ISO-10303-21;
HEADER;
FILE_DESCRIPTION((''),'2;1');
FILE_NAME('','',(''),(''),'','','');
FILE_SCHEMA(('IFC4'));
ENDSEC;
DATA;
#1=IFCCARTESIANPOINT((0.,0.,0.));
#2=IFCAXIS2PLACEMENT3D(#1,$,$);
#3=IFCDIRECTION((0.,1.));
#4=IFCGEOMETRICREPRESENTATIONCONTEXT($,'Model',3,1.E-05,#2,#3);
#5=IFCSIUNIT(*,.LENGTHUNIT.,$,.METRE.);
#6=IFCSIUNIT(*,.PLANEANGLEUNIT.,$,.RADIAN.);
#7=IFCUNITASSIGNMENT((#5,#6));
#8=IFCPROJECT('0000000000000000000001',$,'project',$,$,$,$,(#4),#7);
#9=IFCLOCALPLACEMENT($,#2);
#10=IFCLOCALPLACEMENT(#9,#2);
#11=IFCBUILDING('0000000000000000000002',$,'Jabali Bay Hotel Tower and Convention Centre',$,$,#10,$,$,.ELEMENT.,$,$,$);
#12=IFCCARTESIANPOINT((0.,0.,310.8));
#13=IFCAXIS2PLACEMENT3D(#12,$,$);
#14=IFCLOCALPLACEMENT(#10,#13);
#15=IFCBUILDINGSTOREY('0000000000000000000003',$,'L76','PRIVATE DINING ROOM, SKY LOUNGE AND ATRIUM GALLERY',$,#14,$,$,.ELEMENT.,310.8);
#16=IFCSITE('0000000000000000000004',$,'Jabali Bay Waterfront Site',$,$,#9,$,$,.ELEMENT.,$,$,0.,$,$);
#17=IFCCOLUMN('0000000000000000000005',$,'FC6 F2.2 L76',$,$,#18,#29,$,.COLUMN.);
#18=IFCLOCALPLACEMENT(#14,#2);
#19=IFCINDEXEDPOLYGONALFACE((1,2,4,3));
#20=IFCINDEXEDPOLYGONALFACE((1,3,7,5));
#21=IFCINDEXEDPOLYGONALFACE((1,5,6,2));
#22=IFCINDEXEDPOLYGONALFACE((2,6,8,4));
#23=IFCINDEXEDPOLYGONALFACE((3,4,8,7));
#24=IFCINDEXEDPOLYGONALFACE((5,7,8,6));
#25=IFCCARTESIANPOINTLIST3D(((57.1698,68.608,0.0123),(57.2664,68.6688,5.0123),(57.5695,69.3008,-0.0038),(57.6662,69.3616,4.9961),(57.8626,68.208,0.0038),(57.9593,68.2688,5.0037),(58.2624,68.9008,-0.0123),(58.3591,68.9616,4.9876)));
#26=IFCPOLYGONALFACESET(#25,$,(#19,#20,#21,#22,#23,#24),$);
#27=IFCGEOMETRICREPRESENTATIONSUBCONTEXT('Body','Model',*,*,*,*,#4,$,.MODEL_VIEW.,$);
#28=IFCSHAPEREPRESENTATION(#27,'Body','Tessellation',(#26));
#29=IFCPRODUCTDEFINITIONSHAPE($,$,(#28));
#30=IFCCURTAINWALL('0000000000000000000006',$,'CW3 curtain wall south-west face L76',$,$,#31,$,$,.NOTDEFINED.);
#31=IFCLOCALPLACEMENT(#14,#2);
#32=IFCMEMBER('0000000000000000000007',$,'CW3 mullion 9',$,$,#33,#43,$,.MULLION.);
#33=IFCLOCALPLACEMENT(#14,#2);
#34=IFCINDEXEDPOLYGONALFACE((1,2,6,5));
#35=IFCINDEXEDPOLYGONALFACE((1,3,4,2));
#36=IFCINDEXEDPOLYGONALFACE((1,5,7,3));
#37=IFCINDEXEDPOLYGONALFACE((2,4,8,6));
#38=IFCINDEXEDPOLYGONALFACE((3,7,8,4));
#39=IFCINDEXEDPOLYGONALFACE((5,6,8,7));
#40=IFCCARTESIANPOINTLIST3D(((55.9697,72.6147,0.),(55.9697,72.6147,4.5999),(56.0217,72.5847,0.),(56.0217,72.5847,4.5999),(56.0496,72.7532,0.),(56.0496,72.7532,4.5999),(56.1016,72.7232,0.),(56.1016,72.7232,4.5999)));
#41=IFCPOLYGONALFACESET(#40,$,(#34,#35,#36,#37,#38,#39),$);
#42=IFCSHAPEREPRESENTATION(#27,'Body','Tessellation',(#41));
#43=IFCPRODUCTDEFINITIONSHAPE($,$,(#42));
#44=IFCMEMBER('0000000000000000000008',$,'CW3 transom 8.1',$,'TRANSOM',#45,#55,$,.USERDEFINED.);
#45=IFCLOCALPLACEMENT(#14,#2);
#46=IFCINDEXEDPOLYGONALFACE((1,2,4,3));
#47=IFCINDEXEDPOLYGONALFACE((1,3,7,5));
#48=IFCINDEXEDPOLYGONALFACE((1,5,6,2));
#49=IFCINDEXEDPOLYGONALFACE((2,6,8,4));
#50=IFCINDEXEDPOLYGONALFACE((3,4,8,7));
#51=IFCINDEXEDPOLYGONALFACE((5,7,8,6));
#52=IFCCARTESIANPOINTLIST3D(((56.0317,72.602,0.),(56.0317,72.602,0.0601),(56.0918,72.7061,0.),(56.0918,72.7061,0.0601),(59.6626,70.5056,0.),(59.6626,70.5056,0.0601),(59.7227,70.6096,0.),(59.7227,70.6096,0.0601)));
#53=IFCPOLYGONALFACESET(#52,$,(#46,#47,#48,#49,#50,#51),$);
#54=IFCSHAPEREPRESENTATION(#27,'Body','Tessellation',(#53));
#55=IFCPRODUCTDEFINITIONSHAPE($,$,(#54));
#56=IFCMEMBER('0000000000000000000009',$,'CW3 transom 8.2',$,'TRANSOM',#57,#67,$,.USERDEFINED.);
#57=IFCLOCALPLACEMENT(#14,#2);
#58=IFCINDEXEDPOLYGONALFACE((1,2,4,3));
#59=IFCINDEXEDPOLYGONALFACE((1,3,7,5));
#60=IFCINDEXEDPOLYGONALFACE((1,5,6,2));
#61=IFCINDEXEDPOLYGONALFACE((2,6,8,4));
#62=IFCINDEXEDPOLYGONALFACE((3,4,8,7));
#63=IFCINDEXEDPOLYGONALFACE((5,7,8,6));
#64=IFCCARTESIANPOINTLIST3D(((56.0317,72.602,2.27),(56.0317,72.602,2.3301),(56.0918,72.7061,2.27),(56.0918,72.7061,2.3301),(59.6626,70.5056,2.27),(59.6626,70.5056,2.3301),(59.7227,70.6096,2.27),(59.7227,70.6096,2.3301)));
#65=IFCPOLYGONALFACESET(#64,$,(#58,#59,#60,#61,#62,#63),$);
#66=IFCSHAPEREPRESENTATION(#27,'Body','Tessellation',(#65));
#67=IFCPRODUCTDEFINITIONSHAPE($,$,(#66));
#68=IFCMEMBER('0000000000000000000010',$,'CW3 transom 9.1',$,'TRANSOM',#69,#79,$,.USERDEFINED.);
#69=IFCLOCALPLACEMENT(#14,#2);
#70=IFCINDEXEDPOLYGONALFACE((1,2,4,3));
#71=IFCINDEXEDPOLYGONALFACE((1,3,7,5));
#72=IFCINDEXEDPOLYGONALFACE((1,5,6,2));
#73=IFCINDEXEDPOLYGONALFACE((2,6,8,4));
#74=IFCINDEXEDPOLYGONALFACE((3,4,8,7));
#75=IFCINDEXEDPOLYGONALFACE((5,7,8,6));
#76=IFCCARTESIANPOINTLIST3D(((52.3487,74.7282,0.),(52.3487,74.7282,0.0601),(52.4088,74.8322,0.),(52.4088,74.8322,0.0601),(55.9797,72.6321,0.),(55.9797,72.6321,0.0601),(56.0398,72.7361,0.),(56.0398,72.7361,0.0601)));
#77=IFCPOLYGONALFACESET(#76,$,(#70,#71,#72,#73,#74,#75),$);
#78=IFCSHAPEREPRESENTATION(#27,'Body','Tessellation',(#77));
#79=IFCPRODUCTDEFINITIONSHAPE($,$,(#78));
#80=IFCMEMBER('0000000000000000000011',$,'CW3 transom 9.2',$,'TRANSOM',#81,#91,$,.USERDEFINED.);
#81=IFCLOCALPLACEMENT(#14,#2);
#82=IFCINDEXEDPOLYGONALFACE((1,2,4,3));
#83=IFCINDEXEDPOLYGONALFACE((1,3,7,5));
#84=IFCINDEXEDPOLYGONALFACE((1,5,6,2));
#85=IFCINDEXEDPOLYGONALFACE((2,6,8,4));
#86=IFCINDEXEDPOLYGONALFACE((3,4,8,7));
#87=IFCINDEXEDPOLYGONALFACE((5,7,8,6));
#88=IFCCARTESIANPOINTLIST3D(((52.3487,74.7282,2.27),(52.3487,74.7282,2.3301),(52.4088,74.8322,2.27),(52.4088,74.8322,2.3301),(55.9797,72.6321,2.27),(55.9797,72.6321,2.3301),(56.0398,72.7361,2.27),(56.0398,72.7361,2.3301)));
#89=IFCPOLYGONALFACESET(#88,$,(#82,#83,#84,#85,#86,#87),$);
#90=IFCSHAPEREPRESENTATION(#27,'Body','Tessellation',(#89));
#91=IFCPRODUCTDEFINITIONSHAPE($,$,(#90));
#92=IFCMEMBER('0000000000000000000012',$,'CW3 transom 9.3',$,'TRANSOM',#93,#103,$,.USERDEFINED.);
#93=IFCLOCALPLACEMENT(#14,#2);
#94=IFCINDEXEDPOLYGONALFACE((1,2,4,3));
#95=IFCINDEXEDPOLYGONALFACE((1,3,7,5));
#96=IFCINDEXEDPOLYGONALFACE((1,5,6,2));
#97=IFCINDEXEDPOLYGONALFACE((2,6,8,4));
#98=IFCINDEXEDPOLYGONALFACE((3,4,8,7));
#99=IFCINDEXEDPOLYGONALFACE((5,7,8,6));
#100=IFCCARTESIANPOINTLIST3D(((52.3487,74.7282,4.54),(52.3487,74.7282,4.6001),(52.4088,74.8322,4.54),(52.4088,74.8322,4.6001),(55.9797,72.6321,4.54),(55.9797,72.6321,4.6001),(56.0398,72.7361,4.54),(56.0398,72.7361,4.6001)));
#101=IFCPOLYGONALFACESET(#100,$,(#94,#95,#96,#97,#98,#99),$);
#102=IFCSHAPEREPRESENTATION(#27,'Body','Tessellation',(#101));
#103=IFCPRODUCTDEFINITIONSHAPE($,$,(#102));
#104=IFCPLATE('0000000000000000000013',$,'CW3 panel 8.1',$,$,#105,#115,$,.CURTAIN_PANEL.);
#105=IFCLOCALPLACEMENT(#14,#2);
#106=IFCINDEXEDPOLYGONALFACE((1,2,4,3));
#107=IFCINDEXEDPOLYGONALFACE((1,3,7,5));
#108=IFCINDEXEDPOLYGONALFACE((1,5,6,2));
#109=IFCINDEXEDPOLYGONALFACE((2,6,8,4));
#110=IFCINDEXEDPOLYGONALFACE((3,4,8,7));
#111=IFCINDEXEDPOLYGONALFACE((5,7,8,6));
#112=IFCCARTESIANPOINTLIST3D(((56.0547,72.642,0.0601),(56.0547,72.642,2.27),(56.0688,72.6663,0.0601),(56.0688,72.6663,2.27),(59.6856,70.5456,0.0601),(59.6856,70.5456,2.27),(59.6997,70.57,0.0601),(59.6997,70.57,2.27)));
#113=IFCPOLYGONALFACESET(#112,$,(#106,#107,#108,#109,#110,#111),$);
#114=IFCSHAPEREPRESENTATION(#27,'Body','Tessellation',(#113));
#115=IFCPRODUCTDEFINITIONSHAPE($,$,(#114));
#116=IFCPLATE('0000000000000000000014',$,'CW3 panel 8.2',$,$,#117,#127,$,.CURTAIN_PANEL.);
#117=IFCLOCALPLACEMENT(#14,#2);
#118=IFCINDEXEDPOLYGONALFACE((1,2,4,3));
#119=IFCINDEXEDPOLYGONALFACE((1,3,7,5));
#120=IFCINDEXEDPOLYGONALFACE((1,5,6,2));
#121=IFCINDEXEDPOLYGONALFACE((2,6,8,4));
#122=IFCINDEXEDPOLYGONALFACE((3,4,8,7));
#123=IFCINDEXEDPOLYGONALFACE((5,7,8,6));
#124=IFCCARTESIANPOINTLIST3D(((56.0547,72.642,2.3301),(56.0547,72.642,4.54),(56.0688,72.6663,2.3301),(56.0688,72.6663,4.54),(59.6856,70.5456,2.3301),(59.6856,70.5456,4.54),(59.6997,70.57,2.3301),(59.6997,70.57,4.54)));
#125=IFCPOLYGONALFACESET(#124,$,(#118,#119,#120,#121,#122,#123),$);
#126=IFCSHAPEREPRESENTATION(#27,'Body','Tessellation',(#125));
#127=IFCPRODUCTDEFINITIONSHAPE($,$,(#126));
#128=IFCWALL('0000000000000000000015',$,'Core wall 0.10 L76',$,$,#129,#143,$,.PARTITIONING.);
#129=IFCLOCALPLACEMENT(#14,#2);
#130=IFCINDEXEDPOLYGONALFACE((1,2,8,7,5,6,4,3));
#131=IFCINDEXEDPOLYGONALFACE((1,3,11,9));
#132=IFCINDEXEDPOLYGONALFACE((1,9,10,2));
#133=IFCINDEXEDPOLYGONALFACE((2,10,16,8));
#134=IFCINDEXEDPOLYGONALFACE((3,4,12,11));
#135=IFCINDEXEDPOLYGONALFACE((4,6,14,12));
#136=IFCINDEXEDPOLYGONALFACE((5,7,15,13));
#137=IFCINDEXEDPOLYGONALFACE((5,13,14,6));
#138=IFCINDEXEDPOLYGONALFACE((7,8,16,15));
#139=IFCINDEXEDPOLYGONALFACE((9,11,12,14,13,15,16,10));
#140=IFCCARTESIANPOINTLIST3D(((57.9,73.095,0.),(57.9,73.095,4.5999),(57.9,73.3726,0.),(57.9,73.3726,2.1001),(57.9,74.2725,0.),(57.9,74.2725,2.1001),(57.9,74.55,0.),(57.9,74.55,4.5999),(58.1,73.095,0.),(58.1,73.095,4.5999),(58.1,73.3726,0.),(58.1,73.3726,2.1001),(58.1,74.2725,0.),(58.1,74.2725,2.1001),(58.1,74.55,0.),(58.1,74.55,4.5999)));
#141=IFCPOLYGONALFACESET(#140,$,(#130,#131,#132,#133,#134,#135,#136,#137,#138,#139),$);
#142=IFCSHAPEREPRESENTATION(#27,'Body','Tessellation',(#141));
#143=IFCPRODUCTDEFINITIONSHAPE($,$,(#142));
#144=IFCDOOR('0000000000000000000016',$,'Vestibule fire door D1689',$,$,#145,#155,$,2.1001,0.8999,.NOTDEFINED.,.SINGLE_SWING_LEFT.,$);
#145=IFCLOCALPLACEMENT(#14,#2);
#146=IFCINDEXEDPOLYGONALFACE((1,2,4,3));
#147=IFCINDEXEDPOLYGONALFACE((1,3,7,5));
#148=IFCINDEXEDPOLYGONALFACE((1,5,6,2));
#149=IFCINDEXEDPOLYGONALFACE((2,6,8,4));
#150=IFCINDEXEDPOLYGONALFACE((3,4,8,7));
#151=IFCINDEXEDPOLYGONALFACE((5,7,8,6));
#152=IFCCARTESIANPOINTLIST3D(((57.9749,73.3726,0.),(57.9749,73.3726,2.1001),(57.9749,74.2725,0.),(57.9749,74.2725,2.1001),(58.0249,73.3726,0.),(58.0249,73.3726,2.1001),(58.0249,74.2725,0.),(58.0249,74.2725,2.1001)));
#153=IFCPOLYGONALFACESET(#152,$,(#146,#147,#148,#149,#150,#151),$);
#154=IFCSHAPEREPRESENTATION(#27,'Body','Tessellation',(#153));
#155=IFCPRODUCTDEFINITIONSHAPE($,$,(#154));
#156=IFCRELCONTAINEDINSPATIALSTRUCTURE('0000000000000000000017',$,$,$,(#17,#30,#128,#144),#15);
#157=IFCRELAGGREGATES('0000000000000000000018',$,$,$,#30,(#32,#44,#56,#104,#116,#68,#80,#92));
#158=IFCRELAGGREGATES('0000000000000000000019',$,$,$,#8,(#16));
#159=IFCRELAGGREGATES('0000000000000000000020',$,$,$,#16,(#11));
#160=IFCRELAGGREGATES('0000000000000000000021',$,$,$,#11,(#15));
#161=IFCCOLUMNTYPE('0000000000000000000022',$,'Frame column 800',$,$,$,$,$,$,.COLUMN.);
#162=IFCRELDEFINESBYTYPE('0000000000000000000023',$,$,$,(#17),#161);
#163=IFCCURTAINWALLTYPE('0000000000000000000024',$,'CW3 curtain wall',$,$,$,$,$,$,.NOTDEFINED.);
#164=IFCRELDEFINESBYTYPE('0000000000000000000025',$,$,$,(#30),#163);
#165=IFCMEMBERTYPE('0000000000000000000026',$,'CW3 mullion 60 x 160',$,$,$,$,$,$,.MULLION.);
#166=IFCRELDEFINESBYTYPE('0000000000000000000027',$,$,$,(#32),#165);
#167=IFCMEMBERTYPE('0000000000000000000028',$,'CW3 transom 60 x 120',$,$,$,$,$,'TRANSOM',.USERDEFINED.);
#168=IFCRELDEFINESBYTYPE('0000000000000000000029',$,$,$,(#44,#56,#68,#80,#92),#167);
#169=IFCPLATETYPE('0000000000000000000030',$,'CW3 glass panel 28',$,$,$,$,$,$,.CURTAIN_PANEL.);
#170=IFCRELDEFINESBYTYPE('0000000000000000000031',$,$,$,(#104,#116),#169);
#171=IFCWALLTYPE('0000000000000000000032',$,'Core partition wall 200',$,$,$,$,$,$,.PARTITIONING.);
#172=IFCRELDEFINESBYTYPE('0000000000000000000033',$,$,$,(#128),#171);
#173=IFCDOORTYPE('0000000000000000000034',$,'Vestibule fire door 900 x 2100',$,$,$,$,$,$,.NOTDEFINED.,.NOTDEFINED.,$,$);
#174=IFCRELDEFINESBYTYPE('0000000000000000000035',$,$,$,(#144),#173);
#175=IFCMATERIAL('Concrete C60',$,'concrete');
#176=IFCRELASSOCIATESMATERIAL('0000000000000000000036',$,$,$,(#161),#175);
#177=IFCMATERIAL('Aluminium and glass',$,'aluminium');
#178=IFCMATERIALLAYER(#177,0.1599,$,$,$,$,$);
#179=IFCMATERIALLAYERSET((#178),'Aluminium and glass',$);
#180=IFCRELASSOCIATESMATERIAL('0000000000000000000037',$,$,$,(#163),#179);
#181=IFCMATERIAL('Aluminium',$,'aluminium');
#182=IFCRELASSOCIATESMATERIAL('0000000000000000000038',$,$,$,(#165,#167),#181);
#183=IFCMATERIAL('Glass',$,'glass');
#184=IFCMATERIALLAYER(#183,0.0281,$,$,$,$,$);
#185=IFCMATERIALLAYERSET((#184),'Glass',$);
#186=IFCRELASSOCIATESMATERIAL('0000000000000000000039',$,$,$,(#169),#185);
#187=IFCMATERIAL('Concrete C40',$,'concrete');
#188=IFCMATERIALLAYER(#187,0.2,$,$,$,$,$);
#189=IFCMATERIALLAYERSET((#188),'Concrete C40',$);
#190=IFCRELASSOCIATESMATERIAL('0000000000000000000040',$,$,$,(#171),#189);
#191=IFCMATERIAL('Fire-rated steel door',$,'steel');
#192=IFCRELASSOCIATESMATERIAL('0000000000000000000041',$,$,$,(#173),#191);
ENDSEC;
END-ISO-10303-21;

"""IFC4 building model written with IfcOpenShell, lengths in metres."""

from ifc_helpers import new_model, si_unit, direction, frame, frame_2d, origin, origin_2d, place, context, subcontext, project, spatial, rectangle, extrude, material, layer, layer_set, material_profile, profile_set, type_object, element, fill, aggregate, save


model = new_model("IFC4")

# Units and contexts
model_context = context("Model", 3, precision=1e-05, world=origin(), true_north=direction((0.0, 1.0)))
body_context = subcontext(model_context, "Body", "Model", "MODEL_VIEW")
ifc_project = project(units=[si_unit("LENGTHUNIT", "METRE"), si_unit("PLANEANGLEUNIT", "RADIAN")], contexts=[model_context])

# Site, building, storey
site_placement = place(None, origin())
site = spatial("IfcSite", under=ifc_project, at=site_placement, Name="Jabali Bay Waterfront Site", CompositionType="ELEMENT", RefElevation=0.0)
building_placement = place(site_placement, origin())
building = spatial("IfcBuilding", under=site, at=building_placement, Name="Jabali Bay Hotel Tower and Convention Centre", CompositionType="ELEMENT")
storey_placement = place(building_placement, frame((0.0, 0.0, 310.8)))
storey = spatial("IfcBuildingStorey", under=building, at=storey_placement, Name="L76", Description="PRIVATE DINING ROOM, SKY LOUNGE AND ATRIUM GALLERY", CompositionType="ELEMENT", Elevation=310.8)

# Column
ifc_material_1 = material(Name="Concrete C60", Category="concrete")
ifc_material_profile_1 = material_profile(ifc_material_1, rectangle(XDim=0.8, YDim=0.8, at=origin_2d()), Name="Frame column 800")
ifc_profile_set_1 = profile_set([ifc_material_profile_1], Name="Concrete C60")
column_type = type_object("IfcColumnType", Name="Frame column 800", PredefinedType="COLUMN", material=ifc_profile_set_1)
column_placement = place(storey_placement, frame((57.7161, 68.7544, 0.0), z_axis=(0.019331, 0.012155, 0.999739), x_axis=(-0.865976, 0.499971, 0.010666)))
element("IfcColumn", 1, at=column_placement, inside=storey, type_object=column_type, Name="FC6 F2.2 L76", PredefinedType="COLUMN", context=body_context, shape_type="SweptSolid", body=[
    extrude(rectangle(XDim=0.8, YDim=0.8, at=origin_2d()), origin(), (0.0, 0.0, 1.0), 5.0012),
])

# Curtain wall, members, plates
ifc_material_2 = material(Name="Aluminium and glass", Category="aluminium")
ifc_layer_1 = layer(ifc_material_2, 0.1599)
ifc_layer_set_1 = layer_set([ifc_layer_1], Name="Aluminium and glass")
curtain_wall_type = type_object("IfcCurtainWallType", Name="CW3 curtain wall", PredefinedType="NOTDEFINED", material=ifc_layer_set_1)
curtain_wall_placement = place(storey_placement, origin())
curtain_wall = element("IfcCurtainWall", 2, at=curtain_wall_placement, inside=storey, type_object=curtain_wall_type, Name="CW3 curtain wall south-west face L76", PredefinedType="NOTDEFINED")
ifc_material_3 = material(Name="Aluminium", Category="aluminium")
ifc_material_profile_2 = material_profile(ifc_material_3, rectangle(XDim=0.1599, YDim=0.0601, at=origin_2d()), Name="CW3 mullion 60 x 160")
ifc_profile_set_2 = profile_set([ifc_material_profile_2], Name="Aluminium")
member_type_1 = type_object("IfcMemberType", Name="CW3 mullion 60 x 160", PredefinedType="MULLION", material=ifc_profile_set_2)
member_1_placement = place(storey_placement, frame((56.0356, 72.6689, 0.0), z_axis=(0.0, 0.0, 1.0), x_axis=(-0.5, -0.866025, 0.0)))
member_1 = element("IfcMember", 3, at=member_1_placement, type_object=member_type_1, Name="CW3 mullion 9", PredefinedType="MULLION", context=body_context, shape_type="SweptSolid", body=[
    extrude(rectangle(XDim=0.1599, YDim=0.0601, at=origin_2d()), origin(), (0.0, 0.0, 1.0), 4.5999),
])
ifc_material_profile_3 = material_profile(ifc_material_3, rectangle(XDim=0.1201, YDim=0.0601, at=origin_2d()), Name="CW3 transom 60 x 120")
ifc_profile_set_3 = profile_set([ifc_material_profile_3], Name="Aluminium")
member_type_2 = type_object("IfcMemberType", Name="CW3 transom 60 x 120", ElementType="TRANSOM", PredefinedType="USERDEFINED", material=ifc_profile_set_3)
member_2_placement = place(storey_placement, frame((59.6926, 70.5576, 0.03), z_axis=(-0.866009, 0.500028, 0.0), x_axis=(-0.500028, -0.866009, 0.0)))
member_2 = element("IfcMember", 4, at=member_2_placement, type_object=member_type_2, Name="CW3 transom 8.1", ObjectType="TRANSOM", PredefinedType="USERDEFINED", context=body_context, shape_type="SweptSolid", body=[
    extrude(rectangle(XDim=0.1201, YDim=0.0601, at=origin_2d()), origin(), (0.0, 0.0, 1.0), 4.1926),
])
member_3_placement = place(storey_placement, frame((59.6926, 70.5576, 2.3), z_axis=(-0.866009, 0.500028, 0.0), x_axis=(-0.500028, -0.866009, 0.0)))
member_3 = element("IfcMember", 5, at=member_3_placement, type_object=member_type_2, Name="CW3 transom 8.2", ObjectType="TRANSOM", PredefinedType="USERDEFINED", context=body_context, shape_type="SweptSolid", body=[
    extrude(rectangle(XDim=0.1201, YDim=0.0601, at=origin_2d()), origin(), (0.0, 0.0, 1.0), 4.1926),
])
member_4_placement = place(storey_placement, frame((56.0098, 72.6841, 0.03), z_axis=(-0.866049, 0.499959, 0.0), x_axis=(-0.499959, -0.866049, 0.0)))
member_4 = element("IfcMember", 6, at=member_4_placement, type_object=member_type_2, Name="CW3 transom 9.1", ObjectType="TRANSOM", PredefinedType="USERDEFINED", context=body_context, shape_type="SweptSolid", body=[
    extrude(rectangle(XDim=0.1201, YDim=0.0601, at=origin_2d()), origin(), (0.0, 0.0, 1.0), 4.1926),
])
member_5_placement = place(storey_placement, frame((56.0098, 72.6841, 2.3), z_axis=(-0.866049, 0.499959, 0.0), x_axis=(-0.499959, -0.866049, 0.0)))
member_5 = element("IfcMember", 7, at=member_5_placement, type_object=member_type_2, Name="CW3 transom 9.2", ObjectType="TRANSOM", PredefinedType="USERDEFINED", context=body_context, shape_type="SweptSolid", body=[
    extrude(rectangle(XDim=0.1201, YDim=0.0601, at=origin_2d()), origin(), (0.0, 0.0, 1.0), 4.1926),
])
member_6_placement = place(storey_placement, frame((56.0098, 72.6841, 4.5701), z_axis=(-0.866049, 0.499959, 0.0), x_axis=(-0.499959, -0.866049, 0.0)))
member_6 = element("IfcMember", 8, at=member_6_placement, type_object=member_type_2, Name="CW3 transom 9.3", ObjectType="TRANSOM", PredefinedType="USERDEFINED", context=body_context, shape_type="SweptSolid", body=[
    extrude(rectangle(XDim=0.1201, YDim=0.0601, at=origin_2d()), origin(), (0.0, 0.0, 1.0), 4.1926),
])
ifc_material_4 = material(Name="Glass", Category="glass")
ifc_layer_2 = layer(ifc_material_4, 0.0281)
ifc_layer_set_2 = layer_set([ifc_layer_2], Name="Glass")
plate_type = type_object("IfcPlateType", Name="CW3 glass panel 28", PredefinedType="CURTAIN_PANEL", material=ifc_layer_set_2)
plate_1_placement = place(storey_placement, frame((57.8772, 71.606, 0.0601), z_axis=(0.0, 0.0, 1.0), x_axis=(-0.866025, 0.5, 0.0)))
plate_1 = element("IfcPlate", 9, at=plate_1_placement, type_object=plate_type, Name="CW3 panel 8.1", PredefinedType="CURTAIN_PANEL", context=body_context, shape_type="SweptSolid", body=[
    extrude(rectangle(XDim=4.1926, YDim=0.0281, at=origin_2d()), origin(), (0.0, 0.0, 1.0), 2.21),
])
plate_2_placement = place(storey_placement, frame((57.8772, 71.606, 2.3301), z_axis=(0.0, 0.0, 1.0), x_axis=(-0.866025, 0.5, 0.0)))
plate_2 = element("IfcPlate", 10, at=plate_2_placement, type_object=plate_type, Name="CW3 panel 8.2", PredefinedType="CURTAIN_PANEL", context=body_context, shape_type="SweptSolid", body=[
    extrude(rectangle(XDim=4.1926, YDim=0.0281, at=origin_2d()), origin(), (0.0, 0.0, 1.0), 2.21),
])
aggregate(curtain_wall, [member_1, member_2, member_3, plate_1, plate_2, member_4, member_5, member_6])

# Wall, opening, door
ifc_material_5 = material(Name="Concrete C40", Category="concrete")
ifc_layer_3 = layer(ifc_material_5, 0.2)
ifc_layer_set_3 = layer_set([ifc_layer_3], Name="Concrete C40")
wall_type_1 = type_object("IfcWallType", Name="Core partition wall 200", PredefinedType="PARTITIONING", material=ifc_layer_set_3)
wall_1_placement = place(storey_placement, frame((58.0, 74.55, 0.0), z_axis=(0.0, 0.0, 1.0), x_axis=(0.0, -1.0, 0.0)))
wall_1 = element("IfcWall", 11, at=wall_1_placement, inside=storey, type_object=wall_type_1, Name="Core wall 0.10 L76", PredefinedType="PARTITIONING", context=body_context, shape_type="SweptSolid", body=[
    extrude(rectangle(XDim=1.4551, YDim=0.2, at=frame_2d((0.7275, 0.0))), origin(), (0.0, 0.0, 1.0), 4.5999),
])
opening_1_placement = place(wall_1_placement, frame((0.2776, 0.0, 0.0)))
opening_1 = element("IfcOpeningElement", 12, at=opening_1_placement, cuts=wall_1, PredefinedType="OPENING", context=body_context, shape_type="SweptSolid", body=[
    extrude(rectangle(XDim=0.8999, YDim=2.1001, at=frame_2d((0.45, 1.05))), frame((0.0, 0.1104, 0.0), z_axis=(0.0, -1.0, 0.0), x_axis=(1.0, 0.0, 0.0)), (0.0, 0.0, 1.0), 0.2209),
])
ifc_material_6 = material(Name="Fire-rated steel door", Category="steel")
door_type_1 = type_object("IfcDoorType", Name="Vestibule fire door 900 x 2100", OperationType="NOTDEFINED", PredefinedType="NOTDEFINED", material=ifc_material_6)
door_1_placement = place(opening_1_placement, origin())
door_1 = element("IfcDoor", 13, at=door_1_placement, inside=storey, type_object=door_type_1, Name="Vestibule fire door D1689", OperationType="SINGLE_SWING_LEFT", OverallHeight=2.1001, OverallWidth=0.8999, PredefinedType="NOTDEFINED", context=body_context, shape_type="SweptSolid", body=[
    extrude(rectangle(XDim=0.8999, YDim=2.1001, at=frame_2d((0.45, 1.05))), frame((0.0, 0.0249, 0.0), z_axis=(0.0, -1.0, 0.0), x_axis=(1.0, 0.0, 0.0)), (0.0, 0.0, 1.0), 0.05),
])
fill(opening_1, door_1)

save(model, "model.ifc")
